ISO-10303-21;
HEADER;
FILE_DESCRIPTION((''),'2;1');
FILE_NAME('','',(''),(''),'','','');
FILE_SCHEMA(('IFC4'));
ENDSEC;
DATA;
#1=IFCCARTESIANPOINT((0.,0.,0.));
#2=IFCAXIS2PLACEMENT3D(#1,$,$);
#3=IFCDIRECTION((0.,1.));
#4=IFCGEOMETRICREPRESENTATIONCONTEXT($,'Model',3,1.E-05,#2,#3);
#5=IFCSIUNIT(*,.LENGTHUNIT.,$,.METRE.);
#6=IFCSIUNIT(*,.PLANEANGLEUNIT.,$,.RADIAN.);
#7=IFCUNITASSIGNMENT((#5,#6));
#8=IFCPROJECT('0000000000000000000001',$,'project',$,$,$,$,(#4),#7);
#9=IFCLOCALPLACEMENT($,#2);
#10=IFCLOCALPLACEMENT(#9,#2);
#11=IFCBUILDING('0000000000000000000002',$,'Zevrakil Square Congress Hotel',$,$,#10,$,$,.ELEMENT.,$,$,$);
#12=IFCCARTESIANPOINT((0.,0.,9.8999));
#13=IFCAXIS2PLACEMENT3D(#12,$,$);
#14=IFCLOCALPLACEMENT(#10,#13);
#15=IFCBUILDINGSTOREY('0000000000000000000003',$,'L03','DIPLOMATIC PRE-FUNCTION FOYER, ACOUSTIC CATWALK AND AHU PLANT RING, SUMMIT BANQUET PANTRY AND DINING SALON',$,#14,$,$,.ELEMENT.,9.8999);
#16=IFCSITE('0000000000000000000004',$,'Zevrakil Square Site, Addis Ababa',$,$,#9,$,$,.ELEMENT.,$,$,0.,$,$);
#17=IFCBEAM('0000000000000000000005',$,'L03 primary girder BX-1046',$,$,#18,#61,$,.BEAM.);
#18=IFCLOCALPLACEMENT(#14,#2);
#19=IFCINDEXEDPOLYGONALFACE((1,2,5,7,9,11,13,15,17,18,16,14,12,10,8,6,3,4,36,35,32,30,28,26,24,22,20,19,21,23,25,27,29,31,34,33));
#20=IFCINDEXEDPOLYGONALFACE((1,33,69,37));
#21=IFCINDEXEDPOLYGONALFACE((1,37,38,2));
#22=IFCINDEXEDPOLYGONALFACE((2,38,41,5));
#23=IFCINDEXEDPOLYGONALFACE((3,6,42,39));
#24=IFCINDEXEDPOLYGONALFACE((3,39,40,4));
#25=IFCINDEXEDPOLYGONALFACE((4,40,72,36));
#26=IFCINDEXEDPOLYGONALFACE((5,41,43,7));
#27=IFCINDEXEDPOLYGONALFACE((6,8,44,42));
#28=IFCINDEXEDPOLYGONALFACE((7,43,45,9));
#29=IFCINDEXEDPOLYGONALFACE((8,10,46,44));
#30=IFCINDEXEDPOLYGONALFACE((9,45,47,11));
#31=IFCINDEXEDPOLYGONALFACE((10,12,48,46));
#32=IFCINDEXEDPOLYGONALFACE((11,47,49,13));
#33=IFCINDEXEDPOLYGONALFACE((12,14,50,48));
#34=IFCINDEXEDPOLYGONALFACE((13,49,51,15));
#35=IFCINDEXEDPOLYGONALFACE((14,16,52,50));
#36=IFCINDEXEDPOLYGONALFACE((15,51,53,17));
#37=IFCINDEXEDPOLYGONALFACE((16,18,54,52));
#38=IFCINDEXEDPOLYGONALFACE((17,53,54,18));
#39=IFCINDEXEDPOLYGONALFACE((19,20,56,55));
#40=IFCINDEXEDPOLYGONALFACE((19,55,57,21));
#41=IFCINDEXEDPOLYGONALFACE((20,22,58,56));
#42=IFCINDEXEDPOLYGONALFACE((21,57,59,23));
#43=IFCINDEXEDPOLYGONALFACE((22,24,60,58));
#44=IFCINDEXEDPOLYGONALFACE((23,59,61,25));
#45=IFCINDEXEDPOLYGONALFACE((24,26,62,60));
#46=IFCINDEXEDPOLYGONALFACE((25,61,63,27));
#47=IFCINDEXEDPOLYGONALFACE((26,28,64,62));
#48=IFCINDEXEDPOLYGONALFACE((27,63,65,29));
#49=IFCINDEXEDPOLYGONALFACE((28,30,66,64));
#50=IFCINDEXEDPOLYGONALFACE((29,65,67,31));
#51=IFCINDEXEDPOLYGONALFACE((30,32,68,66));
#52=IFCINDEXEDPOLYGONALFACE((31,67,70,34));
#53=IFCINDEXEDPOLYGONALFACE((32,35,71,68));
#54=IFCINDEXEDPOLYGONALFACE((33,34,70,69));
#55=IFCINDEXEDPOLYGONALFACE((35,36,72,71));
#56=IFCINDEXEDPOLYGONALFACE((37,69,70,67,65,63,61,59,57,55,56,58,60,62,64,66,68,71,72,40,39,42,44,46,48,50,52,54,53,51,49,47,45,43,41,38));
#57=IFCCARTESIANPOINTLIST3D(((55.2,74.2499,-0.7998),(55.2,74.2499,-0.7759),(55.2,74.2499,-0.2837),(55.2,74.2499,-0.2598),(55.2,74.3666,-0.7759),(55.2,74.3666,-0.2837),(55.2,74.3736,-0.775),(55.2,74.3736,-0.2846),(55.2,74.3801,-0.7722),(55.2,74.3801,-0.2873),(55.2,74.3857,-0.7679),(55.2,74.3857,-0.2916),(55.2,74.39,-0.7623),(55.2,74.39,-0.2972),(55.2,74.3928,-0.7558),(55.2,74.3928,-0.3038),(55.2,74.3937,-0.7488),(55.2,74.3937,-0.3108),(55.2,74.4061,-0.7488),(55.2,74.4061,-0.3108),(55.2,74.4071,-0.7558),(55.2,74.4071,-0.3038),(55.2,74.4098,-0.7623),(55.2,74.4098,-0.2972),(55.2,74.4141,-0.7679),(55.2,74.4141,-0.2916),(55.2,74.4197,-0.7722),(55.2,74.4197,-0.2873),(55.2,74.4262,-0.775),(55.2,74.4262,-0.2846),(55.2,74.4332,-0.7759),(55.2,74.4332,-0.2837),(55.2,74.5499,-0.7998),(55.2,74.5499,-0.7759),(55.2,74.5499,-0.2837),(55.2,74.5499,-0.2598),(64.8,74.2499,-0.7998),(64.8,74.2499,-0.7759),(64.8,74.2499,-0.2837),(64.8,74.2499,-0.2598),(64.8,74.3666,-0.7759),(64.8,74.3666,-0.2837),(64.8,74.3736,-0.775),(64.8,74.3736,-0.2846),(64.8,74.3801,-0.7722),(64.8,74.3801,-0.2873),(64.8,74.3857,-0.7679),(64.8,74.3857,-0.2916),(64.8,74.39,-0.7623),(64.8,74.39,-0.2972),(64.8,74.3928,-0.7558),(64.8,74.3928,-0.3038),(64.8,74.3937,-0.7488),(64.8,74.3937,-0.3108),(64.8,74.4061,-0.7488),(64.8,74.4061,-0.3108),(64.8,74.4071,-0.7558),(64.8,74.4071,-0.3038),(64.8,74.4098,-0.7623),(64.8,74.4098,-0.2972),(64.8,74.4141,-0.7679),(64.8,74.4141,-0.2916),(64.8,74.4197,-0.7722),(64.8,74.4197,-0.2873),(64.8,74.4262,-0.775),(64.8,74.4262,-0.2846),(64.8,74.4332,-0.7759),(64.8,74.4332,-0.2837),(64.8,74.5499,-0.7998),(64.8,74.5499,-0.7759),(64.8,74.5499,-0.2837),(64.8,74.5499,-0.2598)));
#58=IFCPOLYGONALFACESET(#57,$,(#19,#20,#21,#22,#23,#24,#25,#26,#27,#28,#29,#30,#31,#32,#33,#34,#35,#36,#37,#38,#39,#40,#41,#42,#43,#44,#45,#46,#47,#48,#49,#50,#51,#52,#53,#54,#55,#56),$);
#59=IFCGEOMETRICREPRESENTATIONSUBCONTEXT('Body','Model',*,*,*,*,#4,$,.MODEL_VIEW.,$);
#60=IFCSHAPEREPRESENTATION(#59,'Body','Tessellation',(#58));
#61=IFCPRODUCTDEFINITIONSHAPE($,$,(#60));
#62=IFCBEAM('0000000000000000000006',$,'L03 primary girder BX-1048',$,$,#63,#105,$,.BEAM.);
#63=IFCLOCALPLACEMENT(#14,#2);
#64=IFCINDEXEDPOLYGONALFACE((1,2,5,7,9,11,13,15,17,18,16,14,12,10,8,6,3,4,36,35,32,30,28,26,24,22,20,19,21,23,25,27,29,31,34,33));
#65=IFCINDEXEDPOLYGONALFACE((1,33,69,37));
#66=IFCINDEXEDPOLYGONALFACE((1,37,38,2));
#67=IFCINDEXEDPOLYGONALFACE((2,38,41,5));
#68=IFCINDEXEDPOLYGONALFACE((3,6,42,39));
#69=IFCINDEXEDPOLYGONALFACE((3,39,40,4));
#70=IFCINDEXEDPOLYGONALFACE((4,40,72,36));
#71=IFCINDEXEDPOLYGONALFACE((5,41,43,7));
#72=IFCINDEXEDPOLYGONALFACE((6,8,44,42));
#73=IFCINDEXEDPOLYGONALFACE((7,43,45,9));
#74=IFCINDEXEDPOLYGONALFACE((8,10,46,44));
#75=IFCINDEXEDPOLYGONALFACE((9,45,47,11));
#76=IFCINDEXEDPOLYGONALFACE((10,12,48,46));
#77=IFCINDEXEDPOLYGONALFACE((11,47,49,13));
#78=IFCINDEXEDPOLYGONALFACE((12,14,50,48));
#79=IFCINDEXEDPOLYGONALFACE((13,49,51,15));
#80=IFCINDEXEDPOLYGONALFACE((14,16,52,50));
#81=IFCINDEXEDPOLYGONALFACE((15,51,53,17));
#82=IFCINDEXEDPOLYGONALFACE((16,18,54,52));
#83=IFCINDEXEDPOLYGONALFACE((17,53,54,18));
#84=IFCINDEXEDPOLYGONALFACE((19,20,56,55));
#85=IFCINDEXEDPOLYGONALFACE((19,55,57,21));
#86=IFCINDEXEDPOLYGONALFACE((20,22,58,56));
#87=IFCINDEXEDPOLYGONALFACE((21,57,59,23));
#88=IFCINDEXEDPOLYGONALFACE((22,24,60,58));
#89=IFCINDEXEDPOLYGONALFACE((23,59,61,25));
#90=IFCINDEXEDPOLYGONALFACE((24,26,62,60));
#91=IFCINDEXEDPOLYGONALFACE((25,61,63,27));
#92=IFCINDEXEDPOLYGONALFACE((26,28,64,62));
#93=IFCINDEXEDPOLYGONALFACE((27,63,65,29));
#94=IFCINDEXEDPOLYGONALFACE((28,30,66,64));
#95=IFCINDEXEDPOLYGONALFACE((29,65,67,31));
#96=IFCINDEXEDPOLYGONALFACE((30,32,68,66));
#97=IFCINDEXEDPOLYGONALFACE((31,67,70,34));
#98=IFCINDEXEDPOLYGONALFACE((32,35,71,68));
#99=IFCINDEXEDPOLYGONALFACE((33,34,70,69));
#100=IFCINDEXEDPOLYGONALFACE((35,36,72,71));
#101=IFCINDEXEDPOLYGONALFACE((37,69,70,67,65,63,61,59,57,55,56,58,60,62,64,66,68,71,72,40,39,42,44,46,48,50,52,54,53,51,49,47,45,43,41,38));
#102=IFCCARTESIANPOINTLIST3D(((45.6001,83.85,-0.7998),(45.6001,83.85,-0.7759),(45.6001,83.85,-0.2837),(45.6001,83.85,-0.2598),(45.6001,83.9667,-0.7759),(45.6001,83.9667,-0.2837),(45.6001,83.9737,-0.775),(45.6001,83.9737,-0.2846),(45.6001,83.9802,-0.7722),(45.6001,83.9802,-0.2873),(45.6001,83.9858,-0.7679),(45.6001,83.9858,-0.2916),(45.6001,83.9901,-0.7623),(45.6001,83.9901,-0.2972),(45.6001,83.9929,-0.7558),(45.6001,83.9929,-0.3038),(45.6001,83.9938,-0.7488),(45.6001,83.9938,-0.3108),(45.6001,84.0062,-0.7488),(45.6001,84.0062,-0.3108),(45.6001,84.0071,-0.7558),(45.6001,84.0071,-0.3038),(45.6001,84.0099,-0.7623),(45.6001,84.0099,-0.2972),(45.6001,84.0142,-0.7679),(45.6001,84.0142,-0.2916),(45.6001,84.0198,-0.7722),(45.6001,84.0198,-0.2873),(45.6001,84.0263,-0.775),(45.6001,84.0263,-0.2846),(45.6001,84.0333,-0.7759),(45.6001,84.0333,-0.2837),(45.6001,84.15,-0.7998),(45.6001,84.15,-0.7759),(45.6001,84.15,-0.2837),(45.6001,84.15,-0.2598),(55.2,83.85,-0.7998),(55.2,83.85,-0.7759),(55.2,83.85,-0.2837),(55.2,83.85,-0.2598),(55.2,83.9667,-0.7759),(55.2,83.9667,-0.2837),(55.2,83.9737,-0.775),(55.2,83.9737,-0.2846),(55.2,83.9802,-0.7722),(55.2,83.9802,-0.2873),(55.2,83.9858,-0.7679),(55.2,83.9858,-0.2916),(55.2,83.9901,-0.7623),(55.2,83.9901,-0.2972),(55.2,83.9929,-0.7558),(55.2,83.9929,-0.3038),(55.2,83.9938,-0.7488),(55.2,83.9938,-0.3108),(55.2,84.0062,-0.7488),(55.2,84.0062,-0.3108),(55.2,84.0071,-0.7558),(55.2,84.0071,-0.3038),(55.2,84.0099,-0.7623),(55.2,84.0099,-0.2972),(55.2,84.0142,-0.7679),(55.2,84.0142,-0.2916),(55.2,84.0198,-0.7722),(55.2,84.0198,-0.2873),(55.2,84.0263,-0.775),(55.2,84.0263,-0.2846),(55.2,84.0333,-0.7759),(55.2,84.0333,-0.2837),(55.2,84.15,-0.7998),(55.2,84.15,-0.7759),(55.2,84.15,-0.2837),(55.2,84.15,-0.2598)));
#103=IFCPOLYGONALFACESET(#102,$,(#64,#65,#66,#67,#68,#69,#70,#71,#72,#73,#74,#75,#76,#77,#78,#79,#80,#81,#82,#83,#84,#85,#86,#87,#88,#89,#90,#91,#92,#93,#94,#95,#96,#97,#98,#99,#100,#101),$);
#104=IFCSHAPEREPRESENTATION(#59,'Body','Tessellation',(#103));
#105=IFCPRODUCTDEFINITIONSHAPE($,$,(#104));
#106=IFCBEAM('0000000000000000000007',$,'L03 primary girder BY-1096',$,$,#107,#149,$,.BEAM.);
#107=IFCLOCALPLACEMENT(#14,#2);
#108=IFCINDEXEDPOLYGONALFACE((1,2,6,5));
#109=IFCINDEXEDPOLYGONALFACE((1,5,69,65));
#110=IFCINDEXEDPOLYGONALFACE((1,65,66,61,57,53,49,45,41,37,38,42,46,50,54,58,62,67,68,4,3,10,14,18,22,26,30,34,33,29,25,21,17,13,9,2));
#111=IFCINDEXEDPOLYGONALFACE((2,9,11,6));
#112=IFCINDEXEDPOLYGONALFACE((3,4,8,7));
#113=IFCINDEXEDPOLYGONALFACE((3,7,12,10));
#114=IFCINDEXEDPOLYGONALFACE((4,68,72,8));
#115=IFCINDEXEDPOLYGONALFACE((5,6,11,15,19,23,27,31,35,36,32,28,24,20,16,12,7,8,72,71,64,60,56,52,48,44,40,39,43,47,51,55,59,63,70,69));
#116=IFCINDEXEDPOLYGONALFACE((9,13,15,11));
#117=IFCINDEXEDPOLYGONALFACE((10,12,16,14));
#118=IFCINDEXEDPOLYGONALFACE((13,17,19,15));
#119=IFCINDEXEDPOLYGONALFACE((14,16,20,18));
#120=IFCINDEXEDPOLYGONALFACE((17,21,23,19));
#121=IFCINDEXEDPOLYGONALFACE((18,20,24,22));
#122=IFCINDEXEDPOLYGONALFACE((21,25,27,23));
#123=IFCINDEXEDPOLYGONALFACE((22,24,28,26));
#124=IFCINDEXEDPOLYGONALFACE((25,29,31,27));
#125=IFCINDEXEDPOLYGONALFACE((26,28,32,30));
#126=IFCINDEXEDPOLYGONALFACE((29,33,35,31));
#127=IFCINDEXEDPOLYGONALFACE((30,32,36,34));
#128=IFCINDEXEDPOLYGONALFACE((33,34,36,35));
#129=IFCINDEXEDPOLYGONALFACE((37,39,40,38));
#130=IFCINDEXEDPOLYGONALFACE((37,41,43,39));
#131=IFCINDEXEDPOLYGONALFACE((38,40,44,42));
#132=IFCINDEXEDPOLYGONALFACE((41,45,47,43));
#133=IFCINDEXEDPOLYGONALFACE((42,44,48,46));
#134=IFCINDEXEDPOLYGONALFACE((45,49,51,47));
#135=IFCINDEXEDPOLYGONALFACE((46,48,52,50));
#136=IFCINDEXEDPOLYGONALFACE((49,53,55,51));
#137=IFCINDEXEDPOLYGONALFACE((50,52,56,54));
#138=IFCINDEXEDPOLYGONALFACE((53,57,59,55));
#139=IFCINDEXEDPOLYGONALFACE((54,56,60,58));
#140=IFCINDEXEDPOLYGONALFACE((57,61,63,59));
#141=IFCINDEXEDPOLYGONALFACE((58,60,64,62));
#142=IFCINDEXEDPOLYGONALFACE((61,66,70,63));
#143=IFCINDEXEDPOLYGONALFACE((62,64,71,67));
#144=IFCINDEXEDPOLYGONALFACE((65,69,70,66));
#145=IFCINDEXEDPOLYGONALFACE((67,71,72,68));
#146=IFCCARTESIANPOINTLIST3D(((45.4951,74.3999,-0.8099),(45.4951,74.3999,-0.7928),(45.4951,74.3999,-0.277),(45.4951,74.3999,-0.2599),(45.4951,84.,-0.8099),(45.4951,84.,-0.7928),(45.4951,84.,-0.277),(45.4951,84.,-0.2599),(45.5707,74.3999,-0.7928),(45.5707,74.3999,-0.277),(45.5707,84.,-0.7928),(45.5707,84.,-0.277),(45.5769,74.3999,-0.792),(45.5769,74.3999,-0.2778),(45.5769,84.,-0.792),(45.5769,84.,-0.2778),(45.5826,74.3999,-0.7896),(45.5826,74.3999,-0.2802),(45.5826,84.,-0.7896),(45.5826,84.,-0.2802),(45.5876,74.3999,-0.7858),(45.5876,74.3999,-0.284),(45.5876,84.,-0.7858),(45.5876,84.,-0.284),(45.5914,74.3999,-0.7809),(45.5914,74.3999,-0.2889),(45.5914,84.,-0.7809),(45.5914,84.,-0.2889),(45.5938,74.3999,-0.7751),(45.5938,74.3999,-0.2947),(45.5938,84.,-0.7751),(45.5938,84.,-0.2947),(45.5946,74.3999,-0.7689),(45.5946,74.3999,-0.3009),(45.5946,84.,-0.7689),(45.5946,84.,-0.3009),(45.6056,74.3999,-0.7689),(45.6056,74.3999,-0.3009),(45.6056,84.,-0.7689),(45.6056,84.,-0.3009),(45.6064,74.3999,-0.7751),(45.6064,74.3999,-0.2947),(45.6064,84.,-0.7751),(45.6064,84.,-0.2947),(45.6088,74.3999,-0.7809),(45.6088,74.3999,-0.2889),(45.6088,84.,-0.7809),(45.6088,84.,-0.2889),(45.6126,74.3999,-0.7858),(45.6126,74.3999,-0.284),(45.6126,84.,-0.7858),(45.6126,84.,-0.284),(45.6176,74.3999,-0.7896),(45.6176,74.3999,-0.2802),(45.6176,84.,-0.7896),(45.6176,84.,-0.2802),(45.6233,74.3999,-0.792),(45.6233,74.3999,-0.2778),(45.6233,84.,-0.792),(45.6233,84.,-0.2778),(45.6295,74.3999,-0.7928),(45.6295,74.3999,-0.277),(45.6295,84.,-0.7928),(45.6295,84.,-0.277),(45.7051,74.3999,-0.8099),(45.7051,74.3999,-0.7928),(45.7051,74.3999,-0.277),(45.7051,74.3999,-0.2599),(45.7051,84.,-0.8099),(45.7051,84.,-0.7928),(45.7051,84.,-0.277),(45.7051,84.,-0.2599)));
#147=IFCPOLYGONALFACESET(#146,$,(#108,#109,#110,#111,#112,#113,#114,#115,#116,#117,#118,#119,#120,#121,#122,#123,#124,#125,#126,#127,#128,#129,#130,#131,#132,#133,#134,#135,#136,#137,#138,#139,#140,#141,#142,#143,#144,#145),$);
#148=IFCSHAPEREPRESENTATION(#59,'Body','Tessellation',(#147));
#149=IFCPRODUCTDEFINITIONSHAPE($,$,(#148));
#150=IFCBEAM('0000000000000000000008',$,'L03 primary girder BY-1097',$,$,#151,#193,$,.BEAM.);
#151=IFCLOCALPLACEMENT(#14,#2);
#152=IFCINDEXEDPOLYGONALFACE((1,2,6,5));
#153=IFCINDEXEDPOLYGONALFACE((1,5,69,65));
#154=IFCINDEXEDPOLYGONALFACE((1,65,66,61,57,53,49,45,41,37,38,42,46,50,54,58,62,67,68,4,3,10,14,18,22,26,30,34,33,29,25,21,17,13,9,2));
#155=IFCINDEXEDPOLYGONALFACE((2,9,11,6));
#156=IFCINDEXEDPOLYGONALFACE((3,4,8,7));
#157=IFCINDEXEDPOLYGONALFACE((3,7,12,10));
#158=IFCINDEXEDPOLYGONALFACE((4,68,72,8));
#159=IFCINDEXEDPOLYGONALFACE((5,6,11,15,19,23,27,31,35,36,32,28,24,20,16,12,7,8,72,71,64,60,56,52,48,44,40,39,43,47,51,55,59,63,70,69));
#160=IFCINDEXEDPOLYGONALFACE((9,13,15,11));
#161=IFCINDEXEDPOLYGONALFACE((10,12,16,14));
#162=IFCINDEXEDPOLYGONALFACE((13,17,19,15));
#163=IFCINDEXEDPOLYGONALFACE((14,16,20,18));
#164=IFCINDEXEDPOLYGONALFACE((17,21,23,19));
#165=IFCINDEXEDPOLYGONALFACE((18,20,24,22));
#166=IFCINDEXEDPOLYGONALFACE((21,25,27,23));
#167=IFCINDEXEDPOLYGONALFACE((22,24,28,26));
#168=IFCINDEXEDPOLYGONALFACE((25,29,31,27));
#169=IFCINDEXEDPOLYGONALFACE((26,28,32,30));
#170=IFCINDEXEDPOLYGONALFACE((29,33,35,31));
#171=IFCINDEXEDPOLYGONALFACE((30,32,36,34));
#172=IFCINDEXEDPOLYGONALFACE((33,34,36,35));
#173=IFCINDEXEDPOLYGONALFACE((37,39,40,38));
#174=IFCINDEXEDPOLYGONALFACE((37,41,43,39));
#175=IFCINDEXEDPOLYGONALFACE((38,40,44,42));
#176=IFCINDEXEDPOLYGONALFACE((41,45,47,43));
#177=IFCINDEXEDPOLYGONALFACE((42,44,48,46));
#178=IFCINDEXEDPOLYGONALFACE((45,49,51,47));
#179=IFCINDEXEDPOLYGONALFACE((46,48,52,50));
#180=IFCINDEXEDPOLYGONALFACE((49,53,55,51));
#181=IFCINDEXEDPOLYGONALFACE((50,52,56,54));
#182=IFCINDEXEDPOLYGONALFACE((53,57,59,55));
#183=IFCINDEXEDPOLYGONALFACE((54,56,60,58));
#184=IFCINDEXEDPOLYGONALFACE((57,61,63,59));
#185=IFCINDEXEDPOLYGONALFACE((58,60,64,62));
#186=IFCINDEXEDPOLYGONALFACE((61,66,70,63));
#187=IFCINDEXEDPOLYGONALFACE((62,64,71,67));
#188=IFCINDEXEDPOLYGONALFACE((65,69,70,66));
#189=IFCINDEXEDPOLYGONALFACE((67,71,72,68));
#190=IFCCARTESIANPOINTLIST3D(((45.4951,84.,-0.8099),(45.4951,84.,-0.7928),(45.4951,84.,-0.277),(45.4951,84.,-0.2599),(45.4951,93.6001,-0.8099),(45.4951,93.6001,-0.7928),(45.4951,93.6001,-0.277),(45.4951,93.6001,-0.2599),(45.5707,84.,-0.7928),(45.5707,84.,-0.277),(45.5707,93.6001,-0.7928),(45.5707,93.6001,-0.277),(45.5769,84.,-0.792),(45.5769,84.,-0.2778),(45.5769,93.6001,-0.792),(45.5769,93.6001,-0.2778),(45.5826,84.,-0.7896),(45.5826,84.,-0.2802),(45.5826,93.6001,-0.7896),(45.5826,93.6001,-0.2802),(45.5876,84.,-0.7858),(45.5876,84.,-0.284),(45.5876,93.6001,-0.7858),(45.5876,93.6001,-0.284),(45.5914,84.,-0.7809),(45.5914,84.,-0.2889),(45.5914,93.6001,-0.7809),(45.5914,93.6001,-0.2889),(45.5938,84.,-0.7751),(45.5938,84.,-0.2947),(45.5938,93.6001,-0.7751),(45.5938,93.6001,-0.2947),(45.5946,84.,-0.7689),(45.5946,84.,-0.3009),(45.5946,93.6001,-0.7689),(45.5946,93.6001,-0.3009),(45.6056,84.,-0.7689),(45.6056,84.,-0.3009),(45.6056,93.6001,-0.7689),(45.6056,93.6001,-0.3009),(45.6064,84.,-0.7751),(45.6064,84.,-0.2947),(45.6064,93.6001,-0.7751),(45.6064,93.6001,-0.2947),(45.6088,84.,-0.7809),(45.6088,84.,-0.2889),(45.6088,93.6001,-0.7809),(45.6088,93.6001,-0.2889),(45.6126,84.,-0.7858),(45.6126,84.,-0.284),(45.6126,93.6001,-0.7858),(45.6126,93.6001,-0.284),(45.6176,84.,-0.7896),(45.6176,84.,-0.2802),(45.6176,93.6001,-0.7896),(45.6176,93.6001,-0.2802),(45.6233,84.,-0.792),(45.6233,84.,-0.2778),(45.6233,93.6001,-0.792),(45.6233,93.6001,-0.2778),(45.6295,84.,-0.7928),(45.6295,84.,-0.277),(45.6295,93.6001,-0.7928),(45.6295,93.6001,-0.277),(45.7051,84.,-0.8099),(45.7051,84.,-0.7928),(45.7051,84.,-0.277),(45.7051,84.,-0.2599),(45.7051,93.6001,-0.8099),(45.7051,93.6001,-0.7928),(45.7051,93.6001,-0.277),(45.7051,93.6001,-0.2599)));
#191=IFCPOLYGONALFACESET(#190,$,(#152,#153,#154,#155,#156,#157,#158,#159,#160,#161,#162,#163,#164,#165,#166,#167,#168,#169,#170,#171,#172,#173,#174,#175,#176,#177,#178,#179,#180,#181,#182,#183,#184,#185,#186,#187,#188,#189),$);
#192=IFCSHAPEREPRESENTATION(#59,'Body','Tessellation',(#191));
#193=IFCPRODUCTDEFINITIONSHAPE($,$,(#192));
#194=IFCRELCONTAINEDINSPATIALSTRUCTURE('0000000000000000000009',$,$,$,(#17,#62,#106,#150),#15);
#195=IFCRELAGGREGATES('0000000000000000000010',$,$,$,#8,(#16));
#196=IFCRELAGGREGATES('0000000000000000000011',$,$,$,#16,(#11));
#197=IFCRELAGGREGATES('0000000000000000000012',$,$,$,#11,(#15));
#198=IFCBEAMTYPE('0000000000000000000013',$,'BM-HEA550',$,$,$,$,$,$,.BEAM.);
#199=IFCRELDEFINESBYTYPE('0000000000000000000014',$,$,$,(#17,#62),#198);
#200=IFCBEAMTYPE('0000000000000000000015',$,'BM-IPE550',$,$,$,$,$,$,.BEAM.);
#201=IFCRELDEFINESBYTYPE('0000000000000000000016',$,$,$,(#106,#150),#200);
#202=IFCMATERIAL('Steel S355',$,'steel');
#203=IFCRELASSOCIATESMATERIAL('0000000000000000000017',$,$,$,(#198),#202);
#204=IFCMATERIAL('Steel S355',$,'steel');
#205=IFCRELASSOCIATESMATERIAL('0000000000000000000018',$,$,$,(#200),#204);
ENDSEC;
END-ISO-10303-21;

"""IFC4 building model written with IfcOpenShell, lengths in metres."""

from ifc_helpers import new_model, si_unit, direction, frame, origin, origin_2d, place, context, subcontext, project, spatial, i_section, extrude, material, material_profile, profile_set, type_object, element, save


model = new_model("IFC4")

# Units and contexts
model_context = context("Model", 3, precision=1e-05, world=origin(), true_north=direction((0.0, 1.0)))
body_context = subcontext(model_context, "Body", "Model", "MODEL_VIEW")
ifc_project = project(units=[si_unit("LENGTHUNIT", "METRE"), si_unit("PLANEANGLEUNIT", "RADIAN")], contexts=[model_context])

# Site, building, storey
site_placement = place(None, origin())
site = spatial("IfcSite", under=ifc_project, at=site_placement, Name="Zevrakil Square Site, Addis Ababa", CompositionType="ELEMENT", RefElevation=0.0)
building_placement = place(site_placement, origin())
building = spatial("IfcBuilding", under=site, at=building_placement, Name="Zevrakil Square Congress Hotel", CompositionType="ELEMENT")
storey_placement = place(building_placement, frame((0.0, 0.0, 9.8999)))
storey = spatial("IfcBuildingStorey", under=building, at=storey_placement, Name="L03", Description="DIPLOMATIC PRE-FUNCTION FOYER, ACOUSTIC CATWALK AND AHU PLANT RING, SUMMIT BANQUET PANTRY AND DINING SALON", CompositionType="ELEMENT", Elevation=9.8999)

# Beams
ifc_material_1 = material(Name="Steel S355", Category="steel")
ifc_material_profile_1 = material_profile(ifc_material_1, i_section(OverallWidth=0.3, OverallDepth=0.54, WebThickness=0.0125, FlangeThickness=0.0239, FilletRadius=0.0271, at=origin_2d()), Name="HEA 550")
ifc_profile_set_1 = profile_set([ifc_material_profile_1], Name="Steel S355")
beam_type_1 = type_object("IfcBeamType", Name="BM-HEA550", PredefinedType="BEAM", material=ifc_profile_set_1)
beam_1_placement = place(storey_placement, frame((55.2, 74.3999, -0.5298), z_axis=(1.0, 0.0, 0.0), x_axis=(0.0, 1.0, 0.0)))
element("IfcBeam", 1, at=beam_1_placement, inside=storey, type_object=beam_type_1, Name="L03 primary girder BX-1046", PredefinedType="BEAM", context=body_context, shape_type="SweptSolid", body=[
    extrude(i_section(OverallWidth=0.3, OverallDepth=0.54, WebThickness=0.0125, FlangeThickness=0.0239, FilletRadius=0.0271, at=origin_2d()), origin(), (0.0, 0.0, 1.0), 9.6001),
])
beam_2_placement = place(storey_placement, frame((45.6001, 84.0, -0.5298), z_axis=(1.0, 0.0, 0.0), x_axis=(0.0, 1.0, 0.0)))
element("IfcBeam", 2, at=beam_2_placement, inside=storey, type_object=beam_type_1, Name="L03 primary girder BX-1048", PredefinedType="BEAM", context=body_context, shape_type="SweptSolid", body=[
    extrude(i_section(OverallWidth=0.3, OverallDepth=0.54, WebThickness=0.0125, FlangeThickness=0.0239, FilletRadius=0.0271, at=origin_2d()), origin(), (0.0, 0.0, 1.0), 9.5999),
])
ifc_material_2 = material(Name="Steel S355", Category="steel")
ifc_material_profile_2 = material_profile(ifc_material_2, i_section(OverallWidth=0.21, OverallDepth=0.55, WebThickness=0.011, FlangeThickness=0.0171, FilletRadius=0.0239, at=origin_2d()), Name="IPE 550")
ifc_profile_set_2 = profile_set([ifc_material_profile_2], Name="Steel S355")
beam_type_2 = type_object("IfcBeamType", Name="BM-IPE550", PredefinedType="BEAM", material=ifc_profile_set_2)
for number, where, z_axis, x_axis, name in (
    (3, (45.6001, 74.3999, -0.5349), (0.0, 1.0, 0.0), (-1.0, 0.0, 0.0), "L03 primary girder BY-1096"),
    (4, (45.6001, 84.0, -0.5349), (0.0, 1.0, 0.0), (-1.0, 0.0, 0.0), "L03 primary girder BY-1097"),
):
    element("IfcBeam", number, at=place(storey_placement, frame(where, z_axis=z_axis, x_axis=x_axis)), inside=storey, type_object=beam_type_2, Name=name, PredefinedType="BEAM", context=body_context, shape_type="SweptSolid", body=[
        extrude(i_section(OverallWidth=0.21, OverallDepth=0.55, WebThickness=0.011, FlangeThickness=0.0171, FilletRadius=0.0239, at=origin_2d()), origin(), (0.0, 0.0, 1.0), 9.6001),
    ])

save(model, "model.ifc")
